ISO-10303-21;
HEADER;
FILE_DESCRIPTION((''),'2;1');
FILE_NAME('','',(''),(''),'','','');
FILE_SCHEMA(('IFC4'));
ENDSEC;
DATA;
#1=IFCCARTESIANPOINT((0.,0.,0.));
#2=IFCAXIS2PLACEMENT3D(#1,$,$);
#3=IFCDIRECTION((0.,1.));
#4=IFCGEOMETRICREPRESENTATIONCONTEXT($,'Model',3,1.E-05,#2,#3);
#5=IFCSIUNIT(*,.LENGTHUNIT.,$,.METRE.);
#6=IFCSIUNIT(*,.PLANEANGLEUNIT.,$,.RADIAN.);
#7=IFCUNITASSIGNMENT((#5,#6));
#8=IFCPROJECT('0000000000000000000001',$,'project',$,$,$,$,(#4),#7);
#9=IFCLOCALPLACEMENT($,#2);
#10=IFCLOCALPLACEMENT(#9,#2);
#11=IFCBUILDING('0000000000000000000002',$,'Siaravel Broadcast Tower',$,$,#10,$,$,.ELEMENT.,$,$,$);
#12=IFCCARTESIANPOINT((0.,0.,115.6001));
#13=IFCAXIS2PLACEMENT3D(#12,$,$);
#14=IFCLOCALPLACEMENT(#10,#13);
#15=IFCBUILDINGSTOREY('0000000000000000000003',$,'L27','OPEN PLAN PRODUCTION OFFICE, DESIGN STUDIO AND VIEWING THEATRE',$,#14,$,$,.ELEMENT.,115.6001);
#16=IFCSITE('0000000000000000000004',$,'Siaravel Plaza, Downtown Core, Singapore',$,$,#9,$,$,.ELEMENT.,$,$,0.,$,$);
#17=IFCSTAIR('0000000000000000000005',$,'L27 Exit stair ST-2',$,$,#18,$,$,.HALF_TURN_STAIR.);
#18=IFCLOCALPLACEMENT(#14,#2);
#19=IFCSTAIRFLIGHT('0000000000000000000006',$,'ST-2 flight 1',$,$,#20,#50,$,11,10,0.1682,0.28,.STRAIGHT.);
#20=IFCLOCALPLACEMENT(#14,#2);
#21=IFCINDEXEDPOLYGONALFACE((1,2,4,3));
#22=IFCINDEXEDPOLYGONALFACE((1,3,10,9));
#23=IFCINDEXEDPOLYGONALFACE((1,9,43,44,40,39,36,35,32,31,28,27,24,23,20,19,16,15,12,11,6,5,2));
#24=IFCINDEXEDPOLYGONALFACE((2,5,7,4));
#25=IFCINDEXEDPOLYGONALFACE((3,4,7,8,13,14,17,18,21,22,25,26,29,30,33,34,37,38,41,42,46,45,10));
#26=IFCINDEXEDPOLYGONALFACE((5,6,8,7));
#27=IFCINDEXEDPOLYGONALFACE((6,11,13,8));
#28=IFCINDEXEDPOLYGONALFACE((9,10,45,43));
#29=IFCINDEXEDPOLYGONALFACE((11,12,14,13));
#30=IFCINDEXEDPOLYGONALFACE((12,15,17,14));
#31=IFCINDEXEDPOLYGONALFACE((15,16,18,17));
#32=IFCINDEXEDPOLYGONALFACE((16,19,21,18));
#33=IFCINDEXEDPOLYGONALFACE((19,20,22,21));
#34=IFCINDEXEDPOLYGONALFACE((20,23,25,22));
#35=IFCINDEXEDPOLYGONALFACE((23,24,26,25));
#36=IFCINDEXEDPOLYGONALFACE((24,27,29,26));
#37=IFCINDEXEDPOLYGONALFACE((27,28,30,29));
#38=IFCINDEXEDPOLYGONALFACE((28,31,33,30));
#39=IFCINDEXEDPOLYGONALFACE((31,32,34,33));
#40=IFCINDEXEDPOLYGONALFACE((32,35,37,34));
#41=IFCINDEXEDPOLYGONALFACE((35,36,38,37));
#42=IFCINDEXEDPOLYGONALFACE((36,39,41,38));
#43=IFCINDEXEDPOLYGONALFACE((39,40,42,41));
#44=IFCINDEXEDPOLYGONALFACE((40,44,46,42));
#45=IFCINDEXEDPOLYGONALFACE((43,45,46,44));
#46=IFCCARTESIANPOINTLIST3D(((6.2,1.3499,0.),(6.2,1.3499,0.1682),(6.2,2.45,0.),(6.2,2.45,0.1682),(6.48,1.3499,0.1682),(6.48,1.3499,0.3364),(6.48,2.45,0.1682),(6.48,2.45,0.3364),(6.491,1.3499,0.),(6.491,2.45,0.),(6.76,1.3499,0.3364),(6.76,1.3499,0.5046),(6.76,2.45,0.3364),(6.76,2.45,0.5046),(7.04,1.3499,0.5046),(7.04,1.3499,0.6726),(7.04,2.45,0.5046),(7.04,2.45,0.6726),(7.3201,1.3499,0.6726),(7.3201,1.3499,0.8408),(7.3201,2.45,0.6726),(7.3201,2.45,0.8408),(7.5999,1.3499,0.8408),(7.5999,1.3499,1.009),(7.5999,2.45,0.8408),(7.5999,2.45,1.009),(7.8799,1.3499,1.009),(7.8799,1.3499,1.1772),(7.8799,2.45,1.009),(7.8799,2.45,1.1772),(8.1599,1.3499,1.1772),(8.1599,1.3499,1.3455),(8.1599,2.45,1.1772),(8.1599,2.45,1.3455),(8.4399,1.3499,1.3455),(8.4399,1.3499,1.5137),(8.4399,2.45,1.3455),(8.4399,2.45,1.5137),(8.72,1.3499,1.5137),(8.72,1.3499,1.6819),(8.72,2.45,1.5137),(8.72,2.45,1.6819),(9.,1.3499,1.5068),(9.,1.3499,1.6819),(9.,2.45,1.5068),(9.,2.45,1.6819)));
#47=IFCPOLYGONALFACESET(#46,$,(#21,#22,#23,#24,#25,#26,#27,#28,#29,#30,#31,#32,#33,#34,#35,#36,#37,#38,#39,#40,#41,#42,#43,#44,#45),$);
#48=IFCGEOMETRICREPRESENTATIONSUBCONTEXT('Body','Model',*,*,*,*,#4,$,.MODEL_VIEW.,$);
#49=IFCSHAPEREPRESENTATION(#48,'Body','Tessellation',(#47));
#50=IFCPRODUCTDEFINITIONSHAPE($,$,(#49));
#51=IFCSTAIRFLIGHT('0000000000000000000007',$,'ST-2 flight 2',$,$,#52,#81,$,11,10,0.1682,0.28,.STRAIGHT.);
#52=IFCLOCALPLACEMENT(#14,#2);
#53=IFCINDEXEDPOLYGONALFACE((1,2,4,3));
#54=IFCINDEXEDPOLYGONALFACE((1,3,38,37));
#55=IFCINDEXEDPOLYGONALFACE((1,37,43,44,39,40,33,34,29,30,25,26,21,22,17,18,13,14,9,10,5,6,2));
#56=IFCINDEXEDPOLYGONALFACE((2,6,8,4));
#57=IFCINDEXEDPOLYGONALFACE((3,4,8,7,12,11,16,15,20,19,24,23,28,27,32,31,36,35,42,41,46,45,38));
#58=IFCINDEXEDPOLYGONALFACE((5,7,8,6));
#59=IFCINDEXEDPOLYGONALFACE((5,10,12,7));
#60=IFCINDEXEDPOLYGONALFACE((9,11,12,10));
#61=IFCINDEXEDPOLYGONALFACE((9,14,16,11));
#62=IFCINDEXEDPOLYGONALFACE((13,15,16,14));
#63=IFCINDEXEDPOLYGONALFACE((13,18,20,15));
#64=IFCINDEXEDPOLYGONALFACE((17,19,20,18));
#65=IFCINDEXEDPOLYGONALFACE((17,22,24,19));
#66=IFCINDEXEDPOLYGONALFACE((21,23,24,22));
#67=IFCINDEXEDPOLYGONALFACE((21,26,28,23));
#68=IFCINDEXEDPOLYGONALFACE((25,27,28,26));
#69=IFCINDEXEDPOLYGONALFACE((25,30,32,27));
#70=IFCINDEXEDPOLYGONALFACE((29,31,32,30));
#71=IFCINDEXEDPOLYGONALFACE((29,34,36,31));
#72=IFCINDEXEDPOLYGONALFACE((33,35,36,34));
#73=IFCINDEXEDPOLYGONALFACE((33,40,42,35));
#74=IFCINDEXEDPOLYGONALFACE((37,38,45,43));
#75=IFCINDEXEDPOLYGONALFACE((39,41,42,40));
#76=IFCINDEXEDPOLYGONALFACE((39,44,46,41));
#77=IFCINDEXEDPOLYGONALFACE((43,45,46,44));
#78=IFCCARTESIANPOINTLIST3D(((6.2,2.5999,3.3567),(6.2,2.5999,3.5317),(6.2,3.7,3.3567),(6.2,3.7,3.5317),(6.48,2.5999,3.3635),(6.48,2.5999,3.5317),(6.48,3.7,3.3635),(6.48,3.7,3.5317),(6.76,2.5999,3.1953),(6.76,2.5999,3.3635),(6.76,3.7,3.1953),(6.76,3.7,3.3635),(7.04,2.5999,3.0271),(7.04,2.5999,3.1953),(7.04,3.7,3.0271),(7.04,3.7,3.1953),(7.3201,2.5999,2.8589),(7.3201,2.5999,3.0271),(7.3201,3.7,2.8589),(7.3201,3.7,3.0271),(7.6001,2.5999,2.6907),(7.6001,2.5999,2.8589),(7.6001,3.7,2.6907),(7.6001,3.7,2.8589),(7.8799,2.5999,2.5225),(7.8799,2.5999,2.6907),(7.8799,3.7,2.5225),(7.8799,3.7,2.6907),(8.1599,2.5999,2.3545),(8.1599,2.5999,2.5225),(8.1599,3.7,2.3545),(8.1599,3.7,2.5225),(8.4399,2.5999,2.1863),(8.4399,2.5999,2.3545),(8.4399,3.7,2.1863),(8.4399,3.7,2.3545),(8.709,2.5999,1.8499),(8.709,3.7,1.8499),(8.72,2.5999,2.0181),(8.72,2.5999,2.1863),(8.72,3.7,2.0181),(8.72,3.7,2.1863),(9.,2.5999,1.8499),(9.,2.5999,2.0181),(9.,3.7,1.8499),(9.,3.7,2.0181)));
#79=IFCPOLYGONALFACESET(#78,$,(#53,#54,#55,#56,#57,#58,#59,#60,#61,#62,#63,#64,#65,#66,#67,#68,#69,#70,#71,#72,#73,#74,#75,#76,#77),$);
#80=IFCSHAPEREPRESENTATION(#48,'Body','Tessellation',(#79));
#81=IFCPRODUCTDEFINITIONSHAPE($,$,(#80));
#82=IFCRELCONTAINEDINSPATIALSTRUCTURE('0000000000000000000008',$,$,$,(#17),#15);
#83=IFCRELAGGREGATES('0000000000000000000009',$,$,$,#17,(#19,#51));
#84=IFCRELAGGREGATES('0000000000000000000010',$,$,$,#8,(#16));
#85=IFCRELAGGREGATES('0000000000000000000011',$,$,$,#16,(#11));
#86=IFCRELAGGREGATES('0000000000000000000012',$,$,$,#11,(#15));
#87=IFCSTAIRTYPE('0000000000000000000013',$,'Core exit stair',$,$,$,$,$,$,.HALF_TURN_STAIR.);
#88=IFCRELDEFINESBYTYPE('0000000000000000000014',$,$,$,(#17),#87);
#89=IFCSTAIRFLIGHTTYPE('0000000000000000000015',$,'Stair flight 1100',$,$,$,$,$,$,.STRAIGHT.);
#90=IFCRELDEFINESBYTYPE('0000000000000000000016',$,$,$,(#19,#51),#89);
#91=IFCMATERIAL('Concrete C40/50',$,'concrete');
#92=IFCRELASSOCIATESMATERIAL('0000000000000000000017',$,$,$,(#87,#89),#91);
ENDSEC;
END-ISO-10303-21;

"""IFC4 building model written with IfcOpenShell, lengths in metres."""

from ifc_helpers import new_model, si_unit, direction, frame, origin, place, context, subcontext, project, spatial, polyline, outline, extrude, material, type_object, element, aggregate, save


model = new_model("IFC4")

# Units and contexts
model_context = context("Model", 3, precision=1e-05, world=origin(), true_north=direction((0.0, 1.0)))
body_context = subcontext(model_context, "Body", "Model", "MODEL_VIEW")
ifc_project = project(units=[si_unit("LENGTHUNIT", "METRE"), si_unit("PLANEANGLEUNIT", "RADIAN")], contexts=[model_context])

# Site, building, storey
site_placement = place(None, origin())
site = spatial("IfcSite", under=ifc_project, at=site_placement, Name="Siaravel Plaza, Downtown Core, Singapore", CompositionType="ELEMENT", RefElevation=0.0)
building_placement = place(site_placement, origin())
building = spatial("IfcBuilding", under=site, at=building_placement, Name="Siaravel Broadcast Tower", CompositionType="ELEMENT")
storey_placement = place(building_placement, frame((0.0, 0.0, 115.6001)))
storey = spatial("IfcBuildingStorey", under=building, at=storey_placement, Name="L27", Description="OPEN PLAN PRODUCTION OFFICE, DESIGN STUDIO AND VIEWING THEATRE", CompositionType="ELEMENT", Elevation=115.6001)

# Stair, stair flights
ifc_material_1 = material(Name="Concrete C40/50", Category="concrete")
stair_type = type_object("IfcStairType", Name="Core exit stair", PredefinedType="HALF_TURN_STAIR", material=ifc_material_1)
stair_placement = place(storey_placement, origin())
stair = element("IfcStair", 1, at=stair_placement, inside=storey, type_object=stair_type, Name="L27 Exit stair ST-2", PredefinedType="HALF_TURN_STAIR")
stair_flight_type = type_object("IfcStairFlightType", Name="Stair flight 1100", PredefinedType="STRAIGHT", material=ifc_material_1)
stair_flight_1_placement = place(storey_placement, frame((6.2, 1.8999, 0.0), z_axis=(0.0, 0.0, 1.0), x_axis=(1.0, 0.0, 0.0)))
stair_flight_1 = element("IfcStairFlight", 2, at=stair_flight_1_placement, type_object=stair_flight_type, Name="ST-2 flight 1", NumberOfRisers=11, NumberOfTreads=10, PredefinedType="STRAIGHT", RiserHeight=0.1682, TreadLength=0.28, context=body_context, shape_type="SweptSolid", body=[
    extrude(outline(polyline([(0.0, 0.0), (0.0, 0.1682), (0.28, 0.1682), (0.28, 0.3364), (0.5601, 0.3364), (0.5601, 0.5046), (0.8401, 0.5046), (0.8401, 0.6726), (1.1201, 0.6726), (1.1201, 0.8408), (1.3999, 0.8408), (1.3999, 1.009), (1.6799, 1.009), (1.6799, 1.1772), (1.96, 1.1772), (1.96, 1.3455), (2.24, 1.3455), (2.24, 1.5137), (2.52, 1.5137), (2.52, 1.6819), (2.8, 1.6819), (2.8, 1.8501), (2.8, 1.5068), (0.291, 0.0), (0.0, 0.0)])), frame((0.0, 0.55, 0.0), z_axis=(0.0, -1.0, 0.0), x_axis=(1.0, 0.0, 0.0)), (0.0, 0.0, 1.0), 1.1001),
])
stair_flight_2_placement = place(storey_placement, frame((9.0, 3.1499, 1.8499), z_axis=(0.0, 0.0, 1.0), x_axis=(-1.0, 0.0, 0.0)))
stair_flight_2 = element("IfcStairFlight", 3, at=stair_flight_2_placement, type_object=stair_flight_type, Name="ST-2 flight 2", NumberOfRisers=11, NumberOfTreads=10, PredefinedType="STRAIGHT", RiserHeight=0.1682, TreadLength=0.28, context=body_context, shape_type="SweptSolid", body=[
    extrude(outline(polyline([(0.0, 0.0), (0.0, 0.1682), (0.28, 0.1682), (0.28, 0.3364), (0.5601, 0.3364), (0.5601, 0.5046), (0.8401, 0.5046), (0.8401, 0.6726), (1.1201, 0.6726), (1.1201, 0.8408), (1.3999, 0.8408), (1.3999, 1.009), (1.6799, 1.009), (1.6799, 1.1772), (1.96, 1.1772), (1.96, 1.3455), (2.24, 1.3455), (2.24, 1.5137), (2.52, 1.5137), (2.52, 1.6819), (2.8, 1.6819), (2.8, 1.8501), (2.8, 1.5068), (0.291, 0.0), (0.0, 0.0)])), frame((0.0, 0.55, 0.0), z_axis=(0.0, -1.0, 0.0), x_axis=(1.0, 0.0, 0.0)), (0.0, 0.0, 1.0), 1.1001),
])
aggregate(stair, [stair_flight_1, stair_flight_2])

save(model, "model.ifc")
